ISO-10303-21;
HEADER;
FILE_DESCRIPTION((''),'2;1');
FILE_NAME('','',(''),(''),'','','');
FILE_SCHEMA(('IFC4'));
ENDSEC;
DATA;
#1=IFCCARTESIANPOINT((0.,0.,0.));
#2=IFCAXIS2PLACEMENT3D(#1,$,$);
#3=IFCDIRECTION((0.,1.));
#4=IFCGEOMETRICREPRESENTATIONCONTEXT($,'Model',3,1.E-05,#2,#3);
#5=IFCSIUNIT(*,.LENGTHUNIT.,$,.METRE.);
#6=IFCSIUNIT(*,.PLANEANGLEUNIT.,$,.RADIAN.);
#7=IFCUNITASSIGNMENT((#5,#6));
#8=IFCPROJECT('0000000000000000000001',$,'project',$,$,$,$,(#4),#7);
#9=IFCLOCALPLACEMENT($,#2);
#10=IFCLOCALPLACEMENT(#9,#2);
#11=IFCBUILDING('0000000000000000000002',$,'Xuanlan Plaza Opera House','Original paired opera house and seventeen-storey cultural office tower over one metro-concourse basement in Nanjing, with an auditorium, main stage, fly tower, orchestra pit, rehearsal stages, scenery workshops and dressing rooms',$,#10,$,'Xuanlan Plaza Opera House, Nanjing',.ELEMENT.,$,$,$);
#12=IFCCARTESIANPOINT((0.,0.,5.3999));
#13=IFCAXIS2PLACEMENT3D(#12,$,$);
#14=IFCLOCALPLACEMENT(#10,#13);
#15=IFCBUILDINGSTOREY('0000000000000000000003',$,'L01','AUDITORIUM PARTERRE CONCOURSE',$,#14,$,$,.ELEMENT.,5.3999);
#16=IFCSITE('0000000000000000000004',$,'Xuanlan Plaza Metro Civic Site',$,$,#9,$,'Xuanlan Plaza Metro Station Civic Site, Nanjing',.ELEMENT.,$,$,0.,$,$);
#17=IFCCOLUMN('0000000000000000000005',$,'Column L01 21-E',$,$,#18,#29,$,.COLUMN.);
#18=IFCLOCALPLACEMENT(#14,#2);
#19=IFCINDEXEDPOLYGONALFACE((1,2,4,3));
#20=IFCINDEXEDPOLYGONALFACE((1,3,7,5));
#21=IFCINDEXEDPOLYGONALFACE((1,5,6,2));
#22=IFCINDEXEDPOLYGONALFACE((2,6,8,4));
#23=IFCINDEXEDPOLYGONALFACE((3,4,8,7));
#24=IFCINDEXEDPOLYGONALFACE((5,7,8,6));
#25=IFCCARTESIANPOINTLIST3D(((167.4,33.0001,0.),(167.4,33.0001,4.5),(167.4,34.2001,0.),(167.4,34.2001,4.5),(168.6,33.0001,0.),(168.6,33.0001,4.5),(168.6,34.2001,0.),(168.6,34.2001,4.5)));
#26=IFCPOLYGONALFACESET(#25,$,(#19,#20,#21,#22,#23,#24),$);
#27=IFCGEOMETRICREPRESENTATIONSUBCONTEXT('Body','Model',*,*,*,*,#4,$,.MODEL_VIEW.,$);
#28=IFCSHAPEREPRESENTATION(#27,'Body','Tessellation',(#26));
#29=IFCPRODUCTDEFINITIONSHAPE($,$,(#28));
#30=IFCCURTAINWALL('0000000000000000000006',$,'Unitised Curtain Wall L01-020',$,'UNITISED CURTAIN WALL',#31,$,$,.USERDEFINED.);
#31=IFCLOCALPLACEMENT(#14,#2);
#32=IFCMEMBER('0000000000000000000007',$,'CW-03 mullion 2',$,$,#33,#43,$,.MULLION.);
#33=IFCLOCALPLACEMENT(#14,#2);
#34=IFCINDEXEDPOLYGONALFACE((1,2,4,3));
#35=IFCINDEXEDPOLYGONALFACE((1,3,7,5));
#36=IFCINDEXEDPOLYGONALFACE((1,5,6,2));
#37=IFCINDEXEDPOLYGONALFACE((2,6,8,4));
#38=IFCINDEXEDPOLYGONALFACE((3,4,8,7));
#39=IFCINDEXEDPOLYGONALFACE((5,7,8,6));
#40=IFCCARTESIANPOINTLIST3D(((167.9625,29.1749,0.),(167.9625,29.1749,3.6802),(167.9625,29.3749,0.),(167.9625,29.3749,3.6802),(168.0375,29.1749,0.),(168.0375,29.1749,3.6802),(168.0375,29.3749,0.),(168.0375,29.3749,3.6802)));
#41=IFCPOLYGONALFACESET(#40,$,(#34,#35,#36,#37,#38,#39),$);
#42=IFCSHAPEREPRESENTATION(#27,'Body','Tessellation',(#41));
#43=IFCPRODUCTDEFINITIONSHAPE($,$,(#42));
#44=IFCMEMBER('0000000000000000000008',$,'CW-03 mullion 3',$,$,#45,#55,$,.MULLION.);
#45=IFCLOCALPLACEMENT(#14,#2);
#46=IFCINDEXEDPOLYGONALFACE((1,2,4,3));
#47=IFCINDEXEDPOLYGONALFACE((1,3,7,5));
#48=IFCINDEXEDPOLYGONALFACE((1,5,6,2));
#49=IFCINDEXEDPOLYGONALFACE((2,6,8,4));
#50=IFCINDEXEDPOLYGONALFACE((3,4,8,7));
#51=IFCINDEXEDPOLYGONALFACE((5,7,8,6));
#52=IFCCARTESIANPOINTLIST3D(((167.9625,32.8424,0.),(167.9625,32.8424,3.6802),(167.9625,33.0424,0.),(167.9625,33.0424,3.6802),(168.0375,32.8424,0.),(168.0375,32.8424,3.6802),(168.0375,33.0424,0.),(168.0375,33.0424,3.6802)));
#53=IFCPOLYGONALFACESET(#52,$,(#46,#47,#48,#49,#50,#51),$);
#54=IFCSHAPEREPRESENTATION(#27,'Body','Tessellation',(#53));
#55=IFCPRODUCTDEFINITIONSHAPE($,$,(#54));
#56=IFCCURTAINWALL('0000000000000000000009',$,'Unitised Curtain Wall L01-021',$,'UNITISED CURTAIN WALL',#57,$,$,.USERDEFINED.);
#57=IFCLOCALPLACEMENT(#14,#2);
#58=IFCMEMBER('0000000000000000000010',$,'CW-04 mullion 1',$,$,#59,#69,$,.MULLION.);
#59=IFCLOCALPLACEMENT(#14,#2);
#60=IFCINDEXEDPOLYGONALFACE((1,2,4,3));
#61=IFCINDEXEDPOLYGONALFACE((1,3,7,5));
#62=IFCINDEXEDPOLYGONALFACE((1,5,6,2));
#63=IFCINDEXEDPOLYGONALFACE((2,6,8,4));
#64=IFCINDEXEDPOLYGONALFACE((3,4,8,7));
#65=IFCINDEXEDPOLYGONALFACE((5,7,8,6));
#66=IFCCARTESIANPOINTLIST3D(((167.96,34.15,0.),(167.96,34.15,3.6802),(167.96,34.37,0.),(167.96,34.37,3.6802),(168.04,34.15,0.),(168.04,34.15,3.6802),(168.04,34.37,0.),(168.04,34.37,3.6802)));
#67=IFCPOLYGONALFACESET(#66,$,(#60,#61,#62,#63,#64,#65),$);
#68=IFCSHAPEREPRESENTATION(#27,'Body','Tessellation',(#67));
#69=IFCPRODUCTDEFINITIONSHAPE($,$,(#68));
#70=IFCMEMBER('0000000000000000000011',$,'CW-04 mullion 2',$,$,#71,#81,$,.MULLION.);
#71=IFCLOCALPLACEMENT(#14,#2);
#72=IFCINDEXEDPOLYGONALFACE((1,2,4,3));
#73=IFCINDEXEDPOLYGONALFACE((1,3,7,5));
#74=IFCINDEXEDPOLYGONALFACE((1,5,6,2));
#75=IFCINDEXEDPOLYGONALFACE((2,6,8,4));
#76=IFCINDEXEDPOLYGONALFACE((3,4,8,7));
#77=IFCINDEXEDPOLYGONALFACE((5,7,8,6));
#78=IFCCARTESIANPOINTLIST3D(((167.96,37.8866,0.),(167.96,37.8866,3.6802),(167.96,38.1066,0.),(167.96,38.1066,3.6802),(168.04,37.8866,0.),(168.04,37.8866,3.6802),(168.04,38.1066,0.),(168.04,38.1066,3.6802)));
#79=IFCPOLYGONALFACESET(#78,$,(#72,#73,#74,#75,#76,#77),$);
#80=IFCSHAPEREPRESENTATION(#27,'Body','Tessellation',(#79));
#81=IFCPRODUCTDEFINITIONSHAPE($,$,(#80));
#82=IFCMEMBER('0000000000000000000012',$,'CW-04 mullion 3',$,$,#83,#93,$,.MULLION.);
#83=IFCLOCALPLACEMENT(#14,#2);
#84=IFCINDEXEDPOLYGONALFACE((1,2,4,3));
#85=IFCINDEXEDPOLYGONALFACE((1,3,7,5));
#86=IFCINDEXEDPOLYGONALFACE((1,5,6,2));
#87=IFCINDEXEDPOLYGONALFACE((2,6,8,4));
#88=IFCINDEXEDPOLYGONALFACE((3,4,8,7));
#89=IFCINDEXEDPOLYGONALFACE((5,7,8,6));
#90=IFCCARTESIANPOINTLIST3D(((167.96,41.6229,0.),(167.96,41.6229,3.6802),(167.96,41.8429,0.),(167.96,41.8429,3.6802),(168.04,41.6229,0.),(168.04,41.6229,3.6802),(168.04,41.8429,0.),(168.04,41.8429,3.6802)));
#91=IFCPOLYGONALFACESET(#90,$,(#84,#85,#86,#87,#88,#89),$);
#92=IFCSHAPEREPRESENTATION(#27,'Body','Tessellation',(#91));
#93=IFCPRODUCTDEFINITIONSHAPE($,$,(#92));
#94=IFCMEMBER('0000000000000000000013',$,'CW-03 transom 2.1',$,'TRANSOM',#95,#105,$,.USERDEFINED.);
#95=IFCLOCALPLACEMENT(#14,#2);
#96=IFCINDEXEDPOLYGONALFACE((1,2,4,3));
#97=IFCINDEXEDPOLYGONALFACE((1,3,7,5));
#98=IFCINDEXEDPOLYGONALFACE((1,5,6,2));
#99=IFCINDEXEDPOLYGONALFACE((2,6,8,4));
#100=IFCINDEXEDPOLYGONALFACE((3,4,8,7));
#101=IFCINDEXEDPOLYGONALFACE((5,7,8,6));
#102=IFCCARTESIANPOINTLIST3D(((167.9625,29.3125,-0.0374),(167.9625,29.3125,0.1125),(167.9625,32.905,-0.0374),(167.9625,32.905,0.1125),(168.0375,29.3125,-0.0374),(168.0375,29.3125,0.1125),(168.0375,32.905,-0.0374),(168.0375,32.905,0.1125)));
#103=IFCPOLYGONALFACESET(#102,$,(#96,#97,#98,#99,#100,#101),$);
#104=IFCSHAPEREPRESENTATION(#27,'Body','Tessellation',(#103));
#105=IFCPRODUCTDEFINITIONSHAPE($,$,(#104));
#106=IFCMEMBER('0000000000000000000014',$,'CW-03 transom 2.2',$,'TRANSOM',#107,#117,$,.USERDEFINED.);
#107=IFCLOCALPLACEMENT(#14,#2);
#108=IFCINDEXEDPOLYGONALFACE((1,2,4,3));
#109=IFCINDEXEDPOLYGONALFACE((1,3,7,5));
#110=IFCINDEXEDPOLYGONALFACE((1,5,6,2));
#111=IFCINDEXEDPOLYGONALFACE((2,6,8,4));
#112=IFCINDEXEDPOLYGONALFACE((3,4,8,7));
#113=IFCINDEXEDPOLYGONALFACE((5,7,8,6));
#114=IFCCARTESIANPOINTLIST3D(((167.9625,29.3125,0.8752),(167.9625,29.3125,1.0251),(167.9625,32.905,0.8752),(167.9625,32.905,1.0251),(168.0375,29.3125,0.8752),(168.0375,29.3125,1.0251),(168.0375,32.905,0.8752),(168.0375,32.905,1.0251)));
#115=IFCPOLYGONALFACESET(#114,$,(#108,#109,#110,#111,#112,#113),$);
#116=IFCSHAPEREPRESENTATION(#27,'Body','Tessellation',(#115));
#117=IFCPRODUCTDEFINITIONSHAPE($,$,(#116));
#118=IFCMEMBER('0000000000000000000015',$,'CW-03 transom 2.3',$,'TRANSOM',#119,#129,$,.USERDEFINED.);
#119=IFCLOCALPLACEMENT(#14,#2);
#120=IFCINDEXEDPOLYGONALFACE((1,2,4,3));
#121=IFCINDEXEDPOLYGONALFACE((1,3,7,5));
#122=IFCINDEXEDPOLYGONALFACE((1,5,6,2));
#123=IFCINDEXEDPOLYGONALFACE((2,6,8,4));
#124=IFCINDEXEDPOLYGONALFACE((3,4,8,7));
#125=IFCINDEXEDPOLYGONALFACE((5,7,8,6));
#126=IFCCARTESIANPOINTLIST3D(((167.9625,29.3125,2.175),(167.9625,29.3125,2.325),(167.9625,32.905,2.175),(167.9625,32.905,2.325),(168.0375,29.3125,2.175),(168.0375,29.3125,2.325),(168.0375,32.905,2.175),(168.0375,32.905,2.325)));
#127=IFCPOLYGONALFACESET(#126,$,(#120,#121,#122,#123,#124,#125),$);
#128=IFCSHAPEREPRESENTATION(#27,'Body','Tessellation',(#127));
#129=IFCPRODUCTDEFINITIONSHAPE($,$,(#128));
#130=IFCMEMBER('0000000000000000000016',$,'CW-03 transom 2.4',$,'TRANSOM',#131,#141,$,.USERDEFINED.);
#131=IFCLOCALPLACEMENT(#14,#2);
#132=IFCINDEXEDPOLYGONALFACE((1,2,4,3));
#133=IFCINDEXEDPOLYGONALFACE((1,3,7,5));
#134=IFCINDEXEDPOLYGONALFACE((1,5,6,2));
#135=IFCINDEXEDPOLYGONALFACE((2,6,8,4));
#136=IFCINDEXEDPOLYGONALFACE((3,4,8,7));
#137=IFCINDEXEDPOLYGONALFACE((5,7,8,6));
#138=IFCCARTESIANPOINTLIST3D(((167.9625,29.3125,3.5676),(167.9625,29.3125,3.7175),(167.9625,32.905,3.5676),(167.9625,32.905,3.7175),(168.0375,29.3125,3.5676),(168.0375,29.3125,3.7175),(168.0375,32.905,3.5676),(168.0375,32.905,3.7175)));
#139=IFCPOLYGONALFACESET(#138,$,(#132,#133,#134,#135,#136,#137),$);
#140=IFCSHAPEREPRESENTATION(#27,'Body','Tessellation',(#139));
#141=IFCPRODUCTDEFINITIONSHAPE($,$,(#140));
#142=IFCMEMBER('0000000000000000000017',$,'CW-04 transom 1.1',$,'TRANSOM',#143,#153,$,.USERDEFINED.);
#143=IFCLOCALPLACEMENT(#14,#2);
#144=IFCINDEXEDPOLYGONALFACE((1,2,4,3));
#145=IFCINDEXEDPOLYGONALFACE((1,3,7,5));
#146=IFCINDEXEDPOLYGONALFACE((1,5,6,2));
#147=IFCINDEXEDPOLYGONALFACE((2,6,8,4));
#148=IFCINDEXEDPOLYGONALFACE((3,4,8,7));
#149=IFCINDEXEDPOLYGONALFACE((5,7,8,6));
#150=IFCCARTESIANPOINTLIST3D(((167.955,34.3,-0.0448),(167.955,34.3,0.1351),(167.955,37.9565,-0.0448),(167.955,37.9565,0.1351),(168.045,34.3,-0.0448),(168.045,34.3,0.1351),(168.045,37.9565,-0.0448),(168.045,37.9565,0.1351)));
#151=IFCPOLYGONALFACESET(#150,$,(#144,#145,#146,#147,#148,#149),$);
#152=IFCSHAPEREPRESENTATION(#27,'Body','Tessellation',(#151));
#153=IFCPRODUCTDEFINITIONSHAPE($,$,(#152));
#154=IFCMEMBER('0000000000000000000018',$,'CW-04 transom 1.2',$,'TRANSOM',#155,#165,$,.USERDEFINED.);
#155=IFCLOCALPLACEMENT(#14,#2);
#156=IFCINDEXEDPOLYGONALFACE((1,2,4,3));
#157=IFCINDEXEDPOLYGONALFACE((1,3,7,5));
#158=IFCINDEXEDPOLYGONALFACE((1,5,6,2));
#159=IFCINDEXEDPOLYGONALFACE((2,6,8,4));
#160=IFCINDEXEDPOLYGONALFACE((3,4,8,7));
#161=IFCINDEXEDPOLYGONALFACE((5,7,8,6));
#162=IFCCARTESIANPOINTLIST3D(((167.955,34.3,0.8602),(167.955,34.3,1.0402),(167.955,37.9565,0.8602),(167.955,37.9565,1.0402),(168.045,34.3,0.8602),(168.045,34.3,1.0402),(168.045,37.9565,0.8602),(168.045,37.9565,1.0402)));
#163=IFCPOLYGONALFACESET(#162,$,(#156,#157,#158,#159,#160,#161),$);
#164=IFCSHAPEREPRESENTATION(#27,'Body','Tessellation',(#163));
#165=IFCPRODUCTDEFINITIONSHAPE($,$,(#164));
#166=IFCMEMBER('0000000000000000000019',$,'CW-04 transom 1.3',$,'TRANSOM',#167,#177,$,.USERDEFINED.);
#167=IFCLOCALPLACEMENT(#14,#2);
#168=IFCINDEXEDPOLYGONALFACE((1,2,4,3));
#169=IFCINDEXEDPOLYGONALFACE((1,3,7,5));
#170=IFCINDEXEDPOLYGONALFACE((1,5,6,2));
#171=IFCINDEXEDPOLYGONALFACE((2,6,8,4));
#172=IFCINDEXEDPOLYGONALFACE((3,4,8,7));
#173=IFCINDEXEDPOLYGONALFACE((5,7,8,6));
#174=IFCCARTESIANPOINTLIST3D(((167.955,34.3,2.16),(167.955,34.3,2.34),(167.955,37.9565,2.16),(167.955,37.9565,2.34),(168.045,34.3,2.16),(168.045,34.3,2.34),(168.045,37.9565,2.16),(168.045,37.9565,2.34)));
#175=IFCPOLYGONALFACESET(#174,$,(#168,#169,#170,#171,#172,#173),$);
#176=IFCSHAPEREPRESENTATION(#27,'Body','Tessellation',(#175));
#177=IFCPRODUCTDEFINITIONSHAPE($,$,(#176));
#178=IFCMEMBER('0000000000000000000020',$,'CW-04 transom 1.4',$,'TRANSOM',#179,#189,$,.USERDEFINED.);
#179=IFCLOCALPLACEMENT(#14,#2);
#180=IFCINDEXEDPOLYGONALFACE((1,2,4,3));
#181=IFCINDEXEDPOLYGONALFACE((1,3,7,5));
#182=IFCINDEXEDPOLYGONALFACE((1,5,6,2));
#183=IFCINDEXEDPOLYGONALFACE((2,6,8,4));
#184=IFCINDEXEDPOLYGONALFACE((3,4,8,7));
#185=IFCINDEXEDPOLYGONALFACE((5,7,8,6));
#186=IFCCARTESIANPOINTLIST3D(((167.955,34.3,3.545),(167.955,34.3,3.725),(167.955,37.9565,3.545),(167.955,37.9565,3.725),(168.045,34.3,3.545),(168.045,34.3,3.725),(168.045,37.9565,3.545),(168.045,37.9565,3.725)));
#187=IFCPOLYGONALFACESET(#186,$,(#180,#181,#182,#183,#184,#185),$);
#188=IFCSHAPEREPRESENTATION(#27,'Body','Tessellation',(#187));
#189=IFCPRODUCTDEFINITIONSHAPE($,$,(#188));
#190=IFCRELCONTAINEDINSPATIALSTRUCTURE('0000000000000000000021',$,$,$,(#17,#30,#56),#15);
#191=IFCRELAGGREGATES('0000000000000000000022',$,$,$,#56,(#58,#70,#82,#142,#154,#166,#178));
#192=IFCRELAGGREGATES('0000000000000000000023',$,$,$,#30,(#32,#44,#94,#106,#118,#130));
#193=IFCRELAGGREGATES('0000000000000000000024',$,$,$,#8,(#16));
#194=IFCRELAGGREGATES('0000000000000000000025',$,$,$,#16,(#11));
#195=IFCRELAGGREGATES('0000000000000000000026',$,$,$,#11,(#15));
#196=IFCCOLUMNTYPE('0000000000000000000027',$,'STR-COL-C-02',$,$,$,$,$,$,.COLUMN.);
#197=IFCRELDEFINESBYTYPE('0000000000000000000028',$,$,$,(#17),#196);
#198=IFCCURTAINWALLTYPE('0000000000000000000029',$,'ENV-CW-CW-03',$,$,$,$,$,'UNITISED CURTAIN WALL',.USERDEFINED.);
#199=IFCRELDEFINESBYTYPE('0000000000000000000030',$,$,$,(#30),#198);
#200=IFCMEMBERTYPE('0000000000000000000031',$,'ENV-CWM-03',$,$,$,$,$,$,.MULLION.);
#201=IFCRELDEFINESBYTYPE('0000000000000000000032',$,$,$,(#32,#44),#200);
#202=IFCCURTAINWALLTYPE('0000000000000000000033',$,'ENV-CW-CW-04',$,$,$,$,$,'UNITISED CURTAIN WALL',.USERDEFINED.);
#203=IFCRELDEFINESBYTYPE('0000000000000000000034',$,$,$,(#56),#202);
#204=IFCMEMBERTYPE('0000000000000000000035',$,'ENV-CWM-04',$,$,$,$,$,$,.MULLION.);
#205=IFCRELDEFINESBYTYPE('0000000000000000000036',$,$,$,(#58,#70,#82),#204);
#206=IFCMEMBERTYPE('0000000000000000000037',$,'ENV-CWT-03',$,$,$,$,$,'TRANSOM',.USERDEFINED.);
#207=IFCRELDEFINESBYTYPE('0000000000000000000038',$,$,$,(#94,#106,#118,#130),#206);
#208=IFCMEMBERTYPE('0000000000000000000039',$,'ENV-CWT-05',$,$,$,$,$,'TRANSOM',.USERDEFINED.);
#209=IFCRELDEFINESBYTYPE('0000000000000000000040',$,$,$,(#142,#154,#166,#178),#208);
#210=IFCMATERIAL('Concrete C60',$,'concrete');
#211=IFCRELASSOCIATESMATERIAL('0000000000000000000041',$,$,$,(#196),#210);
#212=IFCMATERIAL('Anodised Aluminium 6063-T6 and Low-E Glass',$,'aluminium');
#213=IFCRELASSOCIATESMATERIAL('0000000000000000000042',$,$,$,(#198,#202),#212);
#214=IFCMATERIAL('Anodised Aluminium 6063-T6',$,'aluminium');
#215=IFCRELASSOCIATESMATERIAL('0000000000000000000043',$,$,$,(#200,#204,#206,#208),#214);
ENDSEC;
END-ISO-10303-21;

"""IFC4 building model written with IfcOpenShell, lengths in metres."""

from ifc_helpers import new_model, si_unit, direction, frame, origin, origin_2d, place, context, subcontext, project, spatial, rectangle, extrude, material, material_profile, profile_set, type_object, element, aggregate, save


model = new_model("IFC4")

# Units and contexts
model_context = context("Model", 3, precision=1e-05, world=origin(), true_north=direction((0.0, 1.0)))
body_context = subcontext(model_context, "Body", "Model", "MODEL_VIEW")
ifc_project = project(units=[si_unit("LENGTHUNIT", "METRE"), si_unit("PLANEANGLEUNIT", "RADIAN")], contexts=[model_context])

# Site, building, storey
site_placement = place(None, origin())
site = spatial("IfcSite", under=ifc_project, at=site_placement, Name="Xuanlan Plaza Metro Civic Site", LongName="Xuanlan Plaza Metro Station Civic Site, Nanjing", CompositionType="ELEMENT", RefElevation=0.0)
building_placement = place(site_placement, origin())
building = spatial("IfcBuilding", under=site, at=building_placement, Name="Xuanlan Plaza Opera House", Description="Original paired opera house and seventeen-storey cultural office tower over one metro-concourse basement in Nanjing, with an auditorium, main stage, fly tower, orchestra pit, rehearsal stages, scenery workshops and dressing rooms", LongName="Xuanlan Plaza Opera House, Nanjing", CompositionType="ELEMENT")
storey_placement = place(building_placement, frame((0.0, 0.0, 5.3999)))
storey = spatial("IfcBuildingStorey", under=building, at=storey_placement, Name="L01", Description="AUDITORIUM PARTERRE CONCOURSE", CompositionType="ELEMENT", Elevation=5.3999)

# Column
ifc_material_1 = material(Name="Concrete C60", Category="concrete")
ifc_material_profile_1 = material_profile(ifc_material_1, rectangle(XDim=1.2, YDim=1.2, at=origin_2d()), Name="RC-COL 1200x1200")
ifc_profile_set_1 = profile_set([ifc_material_profile_1], Name="Concrete C60")
column_type = type_object("IfcColumnType", Name="STR-COL-C-02", PredefinedType="COLUMN", material=ifc_profile_set_1)
column_placement = place(storey_placement, frame((168.0, 33.6001, 0.0), z_axis=(0.0, 0.0, 1.0), x_axis=(1.0, 0.0, 0.0)))
element("IfcColumn", 1, at=column_placement, inside=storey, type_object=column_type, Name="Column L01 21-E", PredefinedType="COLUMN", context=body_context, shape_type="SweptSolid", body=[
    extrude(rectangle(XDim=1.2, YDim=1.2, at=origin_2d()), origin(), (0.0, 0.0, 1.0), 4.5),
])

# Curtain walls, members
ifc_material_2 = material(Name="Anodised Aluminium 6063-T6 and Low-E Glass", Category="aluminium")
curtain_wall_type_1 = type_object("IfcCurtainWallType", Name="ENV-CW-CW-03", ElementType="UNITISED CURTAIN WALL", PredefinedType="USERDEFINED", material=ifc_material_2)
curtain_wall_1_placement = place(storey_placement, origin())
curtain_wall_1 = element("IfcCurtainWall", 2, at=curtain_wall_1_placement, inside=storey, type_object=curtain_wall_type_1, Name="Unitised Curtain Wall L01-020", ObjectType="UNITISED CURTAIN WALL", PredefinedType="USERDEFINED")
ifc_material_3 = material(Name="Anodised Aluminium 6063-T6", Category="aluminium")
ifc_material_profile_2 = material_profile(ifc_material_3, rectangle(XDim=0.075, YDim=0.2, at=origin_2d()), Name="ALU-M 75x200")
ifc_profile_set_2 = profile_set([ifc_material_profile_2], Name="Anodised Aluminium 6063-T6")
member_type_1 = type_object("IfcMemberType", Name="ENV-CWM-03", PredefinedType="MULLION", material=ifc_profile_set_2)
member_1_placement = place(storey_placement, frame((168.0, 29.2749, 0.0), z_axis=(0.0, 0.0, 1.0), x_axis=(-1.0, 0.0, 0.0)))
member_1 = element("IfcMember", 3, at=member_1_placement, type_object=member_type_1, Name="CW-03 mullion 2", PredefinedType="MULLION", context=body_context, shape_type="SweptSolid", body=[
    extrude(rectangle(XDim=0.075, YDim=0.2, at=origin_2d()), origin(), (0.0, 0.0, 1.0), 3.6802),
])
member_2_placement = place(storey_placement, frame((168.0, 32.9424, 0.0), z_axis=(0.0, 0.0, 1.0), x_axis=(-1.0, 0.0, 0.0)))
member_2 = element("IfcMember", 4, at=member_2_placement, type_object=member_type_1, Name="CW-03 mullion 3", PredefinedType="MULLION", context=body_context, shape_type="SweptSolid", body=[
    extrude(rectangle(XDim=0.075, YDim=0.2, at=origin_2d()), origin(), (0.0, 0.0, 1.0), 3.6802),
])
curtain_wall_type_2 = type_object("IfcCurtainWallType", Name="ENV-CW-CW-04", ElementType="UNITISED CURTAIN WALL", PredefinedType="USERDEFINED", material=ifc_material_2)
curtain_wall_2_placement = place(storey_placement, origin())
curtain_wall_2 = element("IfcCurtainWall", 5, at=curtain_wall_2_placement, inside=storey, type_object=curtain_wall_type_2, Name="Unitised Curtain Wall L01-021", ObjectType="UNITISED CURTAIN WALL", PredefinedType="USERDEFINED")
ifc_material_profile_3 = material_profile(ifc_material_3, rectangle(XDim=0.0801, YDim=0.22, at=origin_2d()), Name="ALU-M 80x220")
ifc_profile_set_3 = profile_set([ifc_material_profile_3], Name="Anodised Aluminium 6063-T6")
member_type_2 = type_object("IfcMemberType", Name="ENV-CWM-04", PredefinedType="MULLION", material=ifc_profile_set_3)
member_3_placement = place(storey_placement, frame((168.0, 34.26, 0.0), z_axis=(0.0, 0.0, 1.0), x_axis=(-1.0, 0.0, 0.0)))
member_3 = element("IfcMember", 6, at=member_3_placement, type_object=member_type_2, Name="CW-04 mullion 1", PredefinedType="MULLION", context=body_context, shape_type="SweptSolid", body=[
    extrude(rectangle(XDim=0.0801, YDim=0.22, at=origin_2d()), origin(), (0.0, 0.0, 1.0), 3.6802),
])
member_4_placement = place(storey_placement, frame((168.0, 37.9966, 0.0), z_axis=(0.0, 0.0, 1.0), x_axis=(-1.0, 0.0, 0.0)))
member_4 = element("IfcMember", 7, at=member_4_placement, type_object=member_type_2, Name="CW-04 mullion 2", PredefinedType="MULLION", context=body_context, shape_type="SweptSolid", body=[
    extrude(rectangle(XDim=0.0801, YDim=0.22, at=origin_2d()), origin(), (0.0, 0.0, 1.0), 3.6802),
])
member_5_placement = place(storey_placement, frame((168.0, 41.7329, 0.0), z_axis=(0.0, 0.0, 1.0), x_axis=(-1.0, 0.0, 0.0)))
member_5 = element("IfcMember", 8, at=member_5_placement, type_object=member_type_2, Name="CW-04 mullion 3", PredefinedType="MULLION", context=body_context, shape_type="SweptSolid", body=[
    extrude(rectangle(XDim=0.0801, YDim=0.22, at=origin_2d()), origin(), (0.0, 0.0, 1.0), 3.6802),
])

# Members
ifc_material_profile_4 = material_profile(ifc_material_3, rectangle(XDim=0.075, YDim=0.1499, at=origin_2d()), Name="ALU-T 75x150")
ifc_profile_set_4 = profile_set([ifc_material_profile_4], Name="Anodised Aluminium 6063-T6")
member_type_3 = type_object("IfcMemberType", Name="ENV-CWT-03", ElementType="TRANSOM", PredefinedType="USERDEFINED", material=ifc_profile_set_4)
member_6_placement = place(storey_placement, frame((168.0, 29.3125, 0.0376), z_axis=(0.0, 1.0, 0.0), x_axis=(-1.0, 0.0, 0.0)))
member_6 = element("IfcMember", 9, at=member_6_placement, type_object=member_type_3, Name="CW-03 transom 2.1", ObjectType="TRANSOM", PredefinedType="USERDEFINED", context=body_context, shape_type="SweptSolid", body=[
    extrude(rectangle(XDim=0.075, YDim=0.1499, at=origin_2d()), origin(), (0.0, 0.0, 1.0), 3.5925),
])
member_7_placement = place(storey_placement, frame((168.0, 29.3125, 0.9502), z_axis=(0.0, 1.0, 0.0), x_axis=(-1.0, 0.0, 0.0)))
member_7 = element("IfcMember", 10, at=member_7_placement, type_object=member_type_3, Name="CW-03 transom 2.2", ObjectType="TRANSOM", PredefinedType="USERDEFINED", context=body_context, shape_type="SweptSolid", body=[
    extrude(rectangle(XDim=0.075, YDim=0.1499, at=origin_2d()), origin(), (0.0, 0.0, 1.0), 3.5925),
])
member_8_placement = place(storey_placement, frame((168.0, 29.3125, 2.25), z_axis=(0.0, 1.0, 0.0), x_axis=(-1.0, 0.0, 0.0)))
member_8 = element("IfcMember", 11, at=member_8_placement, type_object=member_type_3, Name="CW-03 transom 2.3", ObjectType="TRANSOM", PredefinedType="USERDEFINED", context=body_context, shape_type="SweptSolid", body=[
    extrude(rectangle(XDim=0.075, YDim=0.1499, at=origin_2d()), origin(), (0.0, 0.0, 1.0), 3.5925),
])
member_9_placement = place(storey_placement, frame((168.0, 29.3125, 3.6426), z_axis=(0.0, 1.0, 0.0), x_axis=(-1.0, 0.0, 0.0)))
member_9 = element("IfcMember", 12, at=member_9_placement, type_object=member_type_3, Name="CW-03 transom 2.4", ObjectType="TRANSOM", PredefinedType="USERDEFINED", context=body_context, shape_type="SweptSolid", body=[
    extrude(rectangle(XDim=0.075, YDim=0.1499, at=origin_2d()), origin(), (0.0, 0.0, 1.0), 3.5925),
])
ifc_material_profile_5 = material_profile(ifc_material_3, rectangle(XDim=0.0901, YDim=0.1799, at=origin_2d()), Name="ALU-T 90x180")
ifc_profile_set_5 = profile_set([ifc_material_profile_5], Name="Anodised Aluminium 6063-T6")
member_type_4 = type_object("IfcMemberType", Name="ENV-CWT-05", ElementType="TRANSOM", PredefinedType="USERDEFINED", material=ifc_profile_set_5)
member_10_placement = place(storey_placement, frame((168.0, 34.3, 0.0452), z_axis=(0.0, 1.0, 0.0), x_axis=(-1.0, 0.0, 0.0)))
member_10 = element("IfcMember", 13, at=member_10_placement, type_object=member_type_4, Name="CW-04 transom 1.1", ObjectType="TRANSOM", PredefinedType="USERDEFINED", context=body_context, shape_type="SweptSolid", body=[
    extrude(rectangle(XDim=0.0901, YDim=0.1799, at=origin_2d()), origin(), (0.0, 0.0, 1.0), 3.6565),
])
member_11_placement = place(storey_placement, frame((168.0, 34.3, 0.9502), z_axis=(0.0, 1.0, 0.0), x_axis=(-1.0, 0.0, 0.0)))
member_11 = element("IfcMember", 14, at=member_11_placement, type_object=member_type_4, Name="CW-04 transom 1.2", ObjectType="TRANSOM", PredefinedType="USERDEFINED", context=body_context, shape_type="SweptSolid", body=[
    extrude(rectangle(XDim=0.0901, YDim=0.1799, at=origin_2d()), origin(), (0.0, 0.0, 1.0), 3.6565),
])
member_12_placement = place(storey_placement, frame((168.0, 34.3, 2.25), z_axis=(0.0, 1.0, 0.0), x_axis=(-1.0, 0.0, 0.0)))
member_12 = element("IfcMember", 15, at=member_12_placement, type_object=member_type_4, Name="CW-04 transom 1.3", ObjectType="TRANSOM", PredefinedType="USERDEFINED", context=body_context, shape_type="SweptSolid", body=[
    extrude(rectangle(XDim=0.0901, YDim=0.1799, at=origin_2d()), origin(), (0.0, 0.0, 1.0), 3.6565),
])
member_13_placement = place(storey_placement, frame((168.0, 34.3, 3.635), z_axis=(0.0, 1.0, 0.0), x_axis=(-1.0, 0.0, 0.0)))
member_13 = element("IfcMember", 16, at=member_13_placement, type_object=member_type_4, Name="CW-04 transom 1.4", ObjectType="TRANSOM", PredefinedType="USERDEFINED", context=body_context, shape_type="SweptSolid", body=[
    extrude(rectangle(XDim=0.0901, YDim=0.1799, at=origin_2d()), origin(), (0.0, 0.0, 1.0), 3.6565),
])

aggregate(curtain_wall_2, [member_3, member_4, member_5, member_10, member_11, member_12, member_13])
aggregate(curtain_wall_1, [member_1, member_2, member_6, member_7, member_8, member_9])

save(model, "model.ifc")
